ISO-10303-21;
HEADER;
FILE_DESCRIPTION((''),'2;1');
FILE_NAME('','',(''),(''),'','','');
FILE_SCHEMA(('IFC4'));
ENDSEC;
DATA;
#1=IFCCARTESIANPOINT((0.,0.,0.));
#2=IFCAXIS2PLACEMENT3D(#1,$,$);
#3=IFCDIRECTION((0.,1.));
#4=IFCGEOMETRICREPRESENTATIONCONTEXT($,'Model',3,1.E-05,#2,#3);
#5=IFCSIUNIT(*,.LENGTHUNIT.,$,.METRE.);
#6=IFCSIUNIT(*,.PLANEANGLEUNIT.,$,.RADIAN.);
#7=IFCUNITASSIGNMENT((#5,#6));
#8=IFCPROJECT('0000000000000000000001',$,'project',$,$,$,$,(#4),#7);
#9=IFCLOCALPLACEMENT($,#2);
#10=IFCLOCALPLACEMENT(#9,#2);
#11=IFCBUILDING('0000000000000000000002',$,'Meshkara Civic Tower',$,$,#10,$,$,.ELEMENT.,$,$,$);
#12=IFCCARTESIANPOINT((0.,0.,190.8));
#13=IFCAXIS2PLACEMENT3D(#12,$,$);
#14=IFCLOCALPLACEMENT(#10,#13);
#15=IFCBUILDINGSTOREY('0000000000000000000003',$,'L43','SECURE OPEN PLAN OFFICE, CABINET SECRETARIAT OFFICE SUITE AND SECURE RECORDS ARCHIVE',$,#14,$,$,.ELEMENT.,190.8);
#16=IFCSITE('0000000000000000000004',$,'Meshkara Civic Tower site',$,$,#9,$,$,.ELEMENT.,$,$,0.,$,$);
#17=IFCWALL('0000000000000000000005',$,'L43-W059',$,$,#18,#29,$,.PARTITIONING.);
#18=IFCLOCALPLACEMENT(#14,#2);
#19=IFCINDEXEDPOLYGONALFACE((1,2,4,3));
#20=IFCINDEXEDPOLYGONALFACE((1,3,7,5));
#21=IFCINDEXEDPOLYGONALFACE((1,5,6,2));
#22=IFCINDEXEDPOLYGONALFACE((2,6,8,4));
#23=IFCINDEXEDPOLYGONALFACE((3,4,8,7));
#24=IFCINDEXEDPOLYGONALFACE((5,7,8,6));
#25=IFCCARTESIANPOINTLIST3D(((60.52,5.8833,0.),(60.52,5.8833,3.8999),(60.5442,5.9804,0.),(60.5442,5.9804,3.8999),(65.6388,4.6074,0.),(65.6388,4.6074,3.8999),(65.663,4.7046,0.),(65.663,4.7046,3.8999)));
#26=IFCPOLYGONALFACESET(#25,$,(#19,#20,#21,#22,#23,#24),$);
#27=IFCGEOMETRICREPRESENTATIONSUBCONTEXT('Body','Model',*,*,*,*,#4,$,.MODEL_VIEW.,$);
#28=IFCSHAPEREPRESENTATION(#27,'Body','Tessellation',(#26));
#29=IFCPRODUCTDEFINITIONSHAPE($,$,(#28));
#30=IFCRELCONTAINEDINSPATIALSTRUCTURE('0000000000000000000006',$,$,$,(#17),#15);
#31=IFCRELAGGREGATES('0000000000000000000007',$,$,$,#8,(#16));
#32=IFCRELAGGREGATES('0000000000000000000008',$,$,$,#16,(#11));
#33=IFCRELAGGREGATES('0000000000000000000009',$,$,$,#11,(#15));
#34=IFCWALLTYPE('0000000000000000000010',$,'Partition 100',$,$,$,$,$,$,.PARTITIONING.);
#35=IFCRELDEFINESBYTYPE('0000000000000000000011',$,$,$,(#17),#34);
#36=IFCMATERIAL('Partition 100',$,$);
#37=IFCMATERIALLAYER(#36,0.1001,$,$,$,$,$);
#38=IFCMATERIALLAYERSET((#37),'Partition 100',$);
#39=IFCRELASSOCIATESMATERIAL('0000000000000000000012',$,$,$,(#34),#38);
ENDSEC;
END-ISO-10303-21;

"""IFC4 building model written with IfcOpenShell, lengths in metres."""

from ifc_helpers import new_model, si_unit, direction, frame, frame_2d, origin, place, context, subcontext, project, spatial, rectangle, extrude, material, layer, layer_set, type_object, element, save


model = new_model("IFC4")

# Units and contexts
model_context = context("Model", 3, precision=1e-05, world=origin(), true_north=direction((0.0, 1.0)))
body_context = subcontext(model_context, "Body", "Model", "MODEL_VIEW")
ifc_project = project(units=[si_unit("LENGTHUNIT", "METRE"), si_unit("PLANEANGLEUNIT", "RADIAN")], contexts=[model_context])

# Site, building, storey
site_placement = place(None, origin())
site = spatial("IfcSite", under=ifc_project, at=site_placement, Name="Meshkara Civic Tower site", CompositionType="ELEMENT", RefElevation=0.0)
building_placement = place(site_placement, origin())
building = spatial("IfcBuilding", under=site, at=building_placement, Name="Meshkara Civic Tower", CompositionType="ELEMENT")
storey_placement = place(building_placement, frame((0.0, 0.0, 190.8)))
storey = spatial("IfcBuildingStorey", under=building, at=storey_placement, Name="L43", Description="SECURE OPEN PLAN OFFICE, CABINET SECRETARIAT OFFICE SUITE AND SECURE RECORDS ARCHIVE", CompositionType="ELEMENT", Elevation=190.8)

# Wall
ifc_material_1 = material(Name="Partition 100")
ifc_layer_1 = layer(ifc_material_1, 0.1001)
ifc_layer_set_1 = layer_set([ifc_layer_1], Name="Partition 100")
wall_type_1 = type_object("IfcWallType", Name="Partition 100", PredefinedType="PARTITIONING", material=ifc_layer_set_1)
wall_1_placement = place(storey_placement, frame((65.6509, 4.656, 0.0), z_axis=(0.0, 0.0, 1.0), x_axis=(-0.970314, 0.24185, 0.0)))
element("IfcWall", 1, at=wall_1_placement, inside=storey, type_object=wall_type_1, Name="L43-W059", PredefinedType="PARTITIONING", context=body_context, shape_type="SweptSolid", body=[
    extrude(rectangle(XDim=5.2754, YDim=0.1001, at=frame_2d((2.6377, 0.0))), origin(), (0.0, 0.0, 1.0), 3.8999),
])

save(model, "model.ifc")
